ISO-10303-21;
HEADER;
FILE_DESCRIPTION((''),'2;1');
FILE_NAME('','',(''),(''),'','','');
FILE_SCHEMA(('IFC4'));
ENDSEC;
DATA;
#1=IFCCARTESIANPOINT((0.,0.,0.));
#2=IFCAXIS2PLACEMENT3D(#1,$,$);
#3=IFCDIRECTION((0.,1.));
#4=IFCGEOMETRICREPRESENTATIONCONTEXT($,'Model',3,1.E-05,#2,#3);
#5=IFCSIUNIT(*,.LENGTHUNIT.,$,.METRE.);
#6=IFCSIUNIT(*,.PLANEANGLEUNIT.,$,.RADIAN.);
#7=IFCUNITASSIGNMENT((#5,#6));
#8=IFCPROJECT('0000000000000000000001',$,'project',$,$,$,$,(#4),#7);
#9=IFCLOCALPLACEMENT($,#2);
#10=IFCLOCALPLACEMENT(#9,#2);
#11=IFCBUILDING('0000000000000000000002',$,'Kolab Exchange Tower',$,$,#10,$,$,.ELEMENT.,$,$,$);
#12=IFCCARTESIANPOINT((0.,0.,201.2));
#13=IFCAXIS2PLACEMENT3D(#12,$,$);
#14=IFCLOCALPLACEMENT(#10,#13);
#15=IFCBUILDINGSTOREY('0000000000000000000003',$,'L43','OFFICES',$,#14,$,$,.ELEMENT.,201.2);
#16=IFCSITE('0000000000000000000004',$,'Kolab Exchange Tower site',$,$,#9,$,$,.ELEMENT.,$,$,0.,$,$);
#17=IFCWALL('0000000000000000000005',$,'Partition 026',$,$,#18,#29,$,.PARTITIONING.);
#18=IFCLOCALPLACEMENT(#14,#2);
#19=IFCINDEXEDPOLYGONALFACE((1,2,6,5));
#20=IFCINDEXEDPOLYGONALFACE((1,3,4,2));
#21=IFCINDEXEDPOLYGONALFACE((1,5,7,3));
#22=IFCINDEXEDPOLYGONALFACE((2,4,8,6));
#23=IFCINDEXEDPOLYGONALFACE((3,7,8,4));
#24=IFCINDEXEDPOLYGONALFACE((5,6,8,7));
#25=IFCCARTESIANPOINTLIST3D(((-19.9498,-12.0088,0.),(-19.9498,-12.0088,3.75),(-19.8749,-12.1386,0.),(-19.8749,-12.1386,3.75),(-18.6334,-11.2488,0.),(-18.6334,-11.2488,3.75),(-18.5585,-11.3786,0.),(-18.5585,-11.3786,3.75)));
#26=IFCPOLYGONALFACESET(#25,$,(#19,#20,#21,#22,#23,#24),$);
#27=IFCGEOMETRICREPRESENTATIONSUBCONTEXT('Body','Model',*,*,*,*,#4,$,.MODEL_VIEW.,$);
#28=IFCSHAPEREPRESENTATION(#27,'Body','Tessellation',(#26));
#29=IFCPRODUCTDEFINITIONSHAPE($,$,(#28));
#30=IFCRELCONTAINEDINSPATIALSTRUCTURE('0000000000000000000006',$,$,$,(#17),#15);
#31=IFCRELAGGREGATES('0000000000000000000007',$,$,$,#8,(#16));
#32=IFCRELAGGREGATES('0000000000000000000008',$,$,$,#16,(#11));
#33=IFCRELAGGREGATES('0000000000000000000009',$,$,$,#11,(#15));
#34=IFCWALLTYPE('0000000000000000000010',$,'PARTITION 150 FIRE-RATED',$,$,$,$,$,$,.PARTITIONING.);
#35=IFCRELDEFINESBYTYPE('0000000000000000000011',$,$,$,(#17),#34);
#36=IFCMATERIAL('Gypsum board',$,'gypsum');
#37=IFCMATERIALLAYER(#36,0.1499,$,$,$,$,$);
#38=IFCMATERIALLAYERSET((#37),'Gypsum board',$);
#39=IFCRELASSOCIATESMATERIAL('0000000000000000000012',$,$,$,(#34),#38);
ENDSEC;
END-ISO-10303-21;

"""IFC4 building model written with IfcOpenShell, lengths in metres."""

from ifc_helpers import new_model, si_unit, direction, frame, frame_2d, origin, place, context, subcontext, project, spatial, rectangle, extrude, material, layer, layer_set, type_object, element, save


model = new_model("IFC4")

# Units and contexts
model_context = context("Model", 3, precision=1e-05, world=origin(), true_north=direction((0.0, 1.0)))
body_context = subcontext(model_context, "Body", "Model", "MODEL_VIEW")
ifc_project = project(units=[si_unit("LENGTHUNIT", "METRE"), si_unit("PLANEANGLEUNIT", "RADIAN")], contexts=[model_context])

# Site, building, storey
site_placement = place(None, origin())
site = spatial("IfcSite", under=ifc_project, at=site_placement, Name="Kolab Exchange Tower site", CompositionType="ELEMENT", RefElevation=0.0)
building_placement = place(site_placement, origin())
building = spatial("IfcBuilding", under=site, at=building_placement, Name="Kolab Exchange Tower", CompositionType="ELEMENT")
storey_placement = place(building_placement, frame((0.0, 0.0, 201.2)))
storey = spatial("IfcBuildingStorey", under=building, at=storey_placement, Name="L43", Description="OFFICES", CompositionType="ELEMENT", Elevation=201.2)

# Shared definitions
ifc_material_1 = material(Name="Gypsum board", Category="gypsum")

# Shared definitions
ifc_layer_1 = layer(ifc_material_1, 0.1499)
ifc_layer_set_1 = layer_set([ifc_layer_1], Name="Gypsum board")
wall_type_1 = type_object("IfcWallType", Name="PARTITION 150 FIRE-RATED", PredefinedType="PARTITIONING", material=ifc_layer_set_1)

# Wall
wall_1_placement = place(storey_placement, frame((-19.9124, -12.0737, 0.0), z_axis=(0.0, 0.0, 1.0), x_axis=(0.86603, 0.499991, 0.0)))
element("IfcWall", 1, at=wall_1_placement, inside=storey, type_object=wall_type_1, Name="Partition 026", PredefinedType="PARTITIONING", context=body_context, shape_type="SweptSolid", body=[
    extrude(rectangle(XDim=1.52, YDim=0.1499, at=frame_2d((0.76, 0.0))), origin(), (0.0, 0.0, 1.0), 3.75),
])

save(model, "model.ifc")
